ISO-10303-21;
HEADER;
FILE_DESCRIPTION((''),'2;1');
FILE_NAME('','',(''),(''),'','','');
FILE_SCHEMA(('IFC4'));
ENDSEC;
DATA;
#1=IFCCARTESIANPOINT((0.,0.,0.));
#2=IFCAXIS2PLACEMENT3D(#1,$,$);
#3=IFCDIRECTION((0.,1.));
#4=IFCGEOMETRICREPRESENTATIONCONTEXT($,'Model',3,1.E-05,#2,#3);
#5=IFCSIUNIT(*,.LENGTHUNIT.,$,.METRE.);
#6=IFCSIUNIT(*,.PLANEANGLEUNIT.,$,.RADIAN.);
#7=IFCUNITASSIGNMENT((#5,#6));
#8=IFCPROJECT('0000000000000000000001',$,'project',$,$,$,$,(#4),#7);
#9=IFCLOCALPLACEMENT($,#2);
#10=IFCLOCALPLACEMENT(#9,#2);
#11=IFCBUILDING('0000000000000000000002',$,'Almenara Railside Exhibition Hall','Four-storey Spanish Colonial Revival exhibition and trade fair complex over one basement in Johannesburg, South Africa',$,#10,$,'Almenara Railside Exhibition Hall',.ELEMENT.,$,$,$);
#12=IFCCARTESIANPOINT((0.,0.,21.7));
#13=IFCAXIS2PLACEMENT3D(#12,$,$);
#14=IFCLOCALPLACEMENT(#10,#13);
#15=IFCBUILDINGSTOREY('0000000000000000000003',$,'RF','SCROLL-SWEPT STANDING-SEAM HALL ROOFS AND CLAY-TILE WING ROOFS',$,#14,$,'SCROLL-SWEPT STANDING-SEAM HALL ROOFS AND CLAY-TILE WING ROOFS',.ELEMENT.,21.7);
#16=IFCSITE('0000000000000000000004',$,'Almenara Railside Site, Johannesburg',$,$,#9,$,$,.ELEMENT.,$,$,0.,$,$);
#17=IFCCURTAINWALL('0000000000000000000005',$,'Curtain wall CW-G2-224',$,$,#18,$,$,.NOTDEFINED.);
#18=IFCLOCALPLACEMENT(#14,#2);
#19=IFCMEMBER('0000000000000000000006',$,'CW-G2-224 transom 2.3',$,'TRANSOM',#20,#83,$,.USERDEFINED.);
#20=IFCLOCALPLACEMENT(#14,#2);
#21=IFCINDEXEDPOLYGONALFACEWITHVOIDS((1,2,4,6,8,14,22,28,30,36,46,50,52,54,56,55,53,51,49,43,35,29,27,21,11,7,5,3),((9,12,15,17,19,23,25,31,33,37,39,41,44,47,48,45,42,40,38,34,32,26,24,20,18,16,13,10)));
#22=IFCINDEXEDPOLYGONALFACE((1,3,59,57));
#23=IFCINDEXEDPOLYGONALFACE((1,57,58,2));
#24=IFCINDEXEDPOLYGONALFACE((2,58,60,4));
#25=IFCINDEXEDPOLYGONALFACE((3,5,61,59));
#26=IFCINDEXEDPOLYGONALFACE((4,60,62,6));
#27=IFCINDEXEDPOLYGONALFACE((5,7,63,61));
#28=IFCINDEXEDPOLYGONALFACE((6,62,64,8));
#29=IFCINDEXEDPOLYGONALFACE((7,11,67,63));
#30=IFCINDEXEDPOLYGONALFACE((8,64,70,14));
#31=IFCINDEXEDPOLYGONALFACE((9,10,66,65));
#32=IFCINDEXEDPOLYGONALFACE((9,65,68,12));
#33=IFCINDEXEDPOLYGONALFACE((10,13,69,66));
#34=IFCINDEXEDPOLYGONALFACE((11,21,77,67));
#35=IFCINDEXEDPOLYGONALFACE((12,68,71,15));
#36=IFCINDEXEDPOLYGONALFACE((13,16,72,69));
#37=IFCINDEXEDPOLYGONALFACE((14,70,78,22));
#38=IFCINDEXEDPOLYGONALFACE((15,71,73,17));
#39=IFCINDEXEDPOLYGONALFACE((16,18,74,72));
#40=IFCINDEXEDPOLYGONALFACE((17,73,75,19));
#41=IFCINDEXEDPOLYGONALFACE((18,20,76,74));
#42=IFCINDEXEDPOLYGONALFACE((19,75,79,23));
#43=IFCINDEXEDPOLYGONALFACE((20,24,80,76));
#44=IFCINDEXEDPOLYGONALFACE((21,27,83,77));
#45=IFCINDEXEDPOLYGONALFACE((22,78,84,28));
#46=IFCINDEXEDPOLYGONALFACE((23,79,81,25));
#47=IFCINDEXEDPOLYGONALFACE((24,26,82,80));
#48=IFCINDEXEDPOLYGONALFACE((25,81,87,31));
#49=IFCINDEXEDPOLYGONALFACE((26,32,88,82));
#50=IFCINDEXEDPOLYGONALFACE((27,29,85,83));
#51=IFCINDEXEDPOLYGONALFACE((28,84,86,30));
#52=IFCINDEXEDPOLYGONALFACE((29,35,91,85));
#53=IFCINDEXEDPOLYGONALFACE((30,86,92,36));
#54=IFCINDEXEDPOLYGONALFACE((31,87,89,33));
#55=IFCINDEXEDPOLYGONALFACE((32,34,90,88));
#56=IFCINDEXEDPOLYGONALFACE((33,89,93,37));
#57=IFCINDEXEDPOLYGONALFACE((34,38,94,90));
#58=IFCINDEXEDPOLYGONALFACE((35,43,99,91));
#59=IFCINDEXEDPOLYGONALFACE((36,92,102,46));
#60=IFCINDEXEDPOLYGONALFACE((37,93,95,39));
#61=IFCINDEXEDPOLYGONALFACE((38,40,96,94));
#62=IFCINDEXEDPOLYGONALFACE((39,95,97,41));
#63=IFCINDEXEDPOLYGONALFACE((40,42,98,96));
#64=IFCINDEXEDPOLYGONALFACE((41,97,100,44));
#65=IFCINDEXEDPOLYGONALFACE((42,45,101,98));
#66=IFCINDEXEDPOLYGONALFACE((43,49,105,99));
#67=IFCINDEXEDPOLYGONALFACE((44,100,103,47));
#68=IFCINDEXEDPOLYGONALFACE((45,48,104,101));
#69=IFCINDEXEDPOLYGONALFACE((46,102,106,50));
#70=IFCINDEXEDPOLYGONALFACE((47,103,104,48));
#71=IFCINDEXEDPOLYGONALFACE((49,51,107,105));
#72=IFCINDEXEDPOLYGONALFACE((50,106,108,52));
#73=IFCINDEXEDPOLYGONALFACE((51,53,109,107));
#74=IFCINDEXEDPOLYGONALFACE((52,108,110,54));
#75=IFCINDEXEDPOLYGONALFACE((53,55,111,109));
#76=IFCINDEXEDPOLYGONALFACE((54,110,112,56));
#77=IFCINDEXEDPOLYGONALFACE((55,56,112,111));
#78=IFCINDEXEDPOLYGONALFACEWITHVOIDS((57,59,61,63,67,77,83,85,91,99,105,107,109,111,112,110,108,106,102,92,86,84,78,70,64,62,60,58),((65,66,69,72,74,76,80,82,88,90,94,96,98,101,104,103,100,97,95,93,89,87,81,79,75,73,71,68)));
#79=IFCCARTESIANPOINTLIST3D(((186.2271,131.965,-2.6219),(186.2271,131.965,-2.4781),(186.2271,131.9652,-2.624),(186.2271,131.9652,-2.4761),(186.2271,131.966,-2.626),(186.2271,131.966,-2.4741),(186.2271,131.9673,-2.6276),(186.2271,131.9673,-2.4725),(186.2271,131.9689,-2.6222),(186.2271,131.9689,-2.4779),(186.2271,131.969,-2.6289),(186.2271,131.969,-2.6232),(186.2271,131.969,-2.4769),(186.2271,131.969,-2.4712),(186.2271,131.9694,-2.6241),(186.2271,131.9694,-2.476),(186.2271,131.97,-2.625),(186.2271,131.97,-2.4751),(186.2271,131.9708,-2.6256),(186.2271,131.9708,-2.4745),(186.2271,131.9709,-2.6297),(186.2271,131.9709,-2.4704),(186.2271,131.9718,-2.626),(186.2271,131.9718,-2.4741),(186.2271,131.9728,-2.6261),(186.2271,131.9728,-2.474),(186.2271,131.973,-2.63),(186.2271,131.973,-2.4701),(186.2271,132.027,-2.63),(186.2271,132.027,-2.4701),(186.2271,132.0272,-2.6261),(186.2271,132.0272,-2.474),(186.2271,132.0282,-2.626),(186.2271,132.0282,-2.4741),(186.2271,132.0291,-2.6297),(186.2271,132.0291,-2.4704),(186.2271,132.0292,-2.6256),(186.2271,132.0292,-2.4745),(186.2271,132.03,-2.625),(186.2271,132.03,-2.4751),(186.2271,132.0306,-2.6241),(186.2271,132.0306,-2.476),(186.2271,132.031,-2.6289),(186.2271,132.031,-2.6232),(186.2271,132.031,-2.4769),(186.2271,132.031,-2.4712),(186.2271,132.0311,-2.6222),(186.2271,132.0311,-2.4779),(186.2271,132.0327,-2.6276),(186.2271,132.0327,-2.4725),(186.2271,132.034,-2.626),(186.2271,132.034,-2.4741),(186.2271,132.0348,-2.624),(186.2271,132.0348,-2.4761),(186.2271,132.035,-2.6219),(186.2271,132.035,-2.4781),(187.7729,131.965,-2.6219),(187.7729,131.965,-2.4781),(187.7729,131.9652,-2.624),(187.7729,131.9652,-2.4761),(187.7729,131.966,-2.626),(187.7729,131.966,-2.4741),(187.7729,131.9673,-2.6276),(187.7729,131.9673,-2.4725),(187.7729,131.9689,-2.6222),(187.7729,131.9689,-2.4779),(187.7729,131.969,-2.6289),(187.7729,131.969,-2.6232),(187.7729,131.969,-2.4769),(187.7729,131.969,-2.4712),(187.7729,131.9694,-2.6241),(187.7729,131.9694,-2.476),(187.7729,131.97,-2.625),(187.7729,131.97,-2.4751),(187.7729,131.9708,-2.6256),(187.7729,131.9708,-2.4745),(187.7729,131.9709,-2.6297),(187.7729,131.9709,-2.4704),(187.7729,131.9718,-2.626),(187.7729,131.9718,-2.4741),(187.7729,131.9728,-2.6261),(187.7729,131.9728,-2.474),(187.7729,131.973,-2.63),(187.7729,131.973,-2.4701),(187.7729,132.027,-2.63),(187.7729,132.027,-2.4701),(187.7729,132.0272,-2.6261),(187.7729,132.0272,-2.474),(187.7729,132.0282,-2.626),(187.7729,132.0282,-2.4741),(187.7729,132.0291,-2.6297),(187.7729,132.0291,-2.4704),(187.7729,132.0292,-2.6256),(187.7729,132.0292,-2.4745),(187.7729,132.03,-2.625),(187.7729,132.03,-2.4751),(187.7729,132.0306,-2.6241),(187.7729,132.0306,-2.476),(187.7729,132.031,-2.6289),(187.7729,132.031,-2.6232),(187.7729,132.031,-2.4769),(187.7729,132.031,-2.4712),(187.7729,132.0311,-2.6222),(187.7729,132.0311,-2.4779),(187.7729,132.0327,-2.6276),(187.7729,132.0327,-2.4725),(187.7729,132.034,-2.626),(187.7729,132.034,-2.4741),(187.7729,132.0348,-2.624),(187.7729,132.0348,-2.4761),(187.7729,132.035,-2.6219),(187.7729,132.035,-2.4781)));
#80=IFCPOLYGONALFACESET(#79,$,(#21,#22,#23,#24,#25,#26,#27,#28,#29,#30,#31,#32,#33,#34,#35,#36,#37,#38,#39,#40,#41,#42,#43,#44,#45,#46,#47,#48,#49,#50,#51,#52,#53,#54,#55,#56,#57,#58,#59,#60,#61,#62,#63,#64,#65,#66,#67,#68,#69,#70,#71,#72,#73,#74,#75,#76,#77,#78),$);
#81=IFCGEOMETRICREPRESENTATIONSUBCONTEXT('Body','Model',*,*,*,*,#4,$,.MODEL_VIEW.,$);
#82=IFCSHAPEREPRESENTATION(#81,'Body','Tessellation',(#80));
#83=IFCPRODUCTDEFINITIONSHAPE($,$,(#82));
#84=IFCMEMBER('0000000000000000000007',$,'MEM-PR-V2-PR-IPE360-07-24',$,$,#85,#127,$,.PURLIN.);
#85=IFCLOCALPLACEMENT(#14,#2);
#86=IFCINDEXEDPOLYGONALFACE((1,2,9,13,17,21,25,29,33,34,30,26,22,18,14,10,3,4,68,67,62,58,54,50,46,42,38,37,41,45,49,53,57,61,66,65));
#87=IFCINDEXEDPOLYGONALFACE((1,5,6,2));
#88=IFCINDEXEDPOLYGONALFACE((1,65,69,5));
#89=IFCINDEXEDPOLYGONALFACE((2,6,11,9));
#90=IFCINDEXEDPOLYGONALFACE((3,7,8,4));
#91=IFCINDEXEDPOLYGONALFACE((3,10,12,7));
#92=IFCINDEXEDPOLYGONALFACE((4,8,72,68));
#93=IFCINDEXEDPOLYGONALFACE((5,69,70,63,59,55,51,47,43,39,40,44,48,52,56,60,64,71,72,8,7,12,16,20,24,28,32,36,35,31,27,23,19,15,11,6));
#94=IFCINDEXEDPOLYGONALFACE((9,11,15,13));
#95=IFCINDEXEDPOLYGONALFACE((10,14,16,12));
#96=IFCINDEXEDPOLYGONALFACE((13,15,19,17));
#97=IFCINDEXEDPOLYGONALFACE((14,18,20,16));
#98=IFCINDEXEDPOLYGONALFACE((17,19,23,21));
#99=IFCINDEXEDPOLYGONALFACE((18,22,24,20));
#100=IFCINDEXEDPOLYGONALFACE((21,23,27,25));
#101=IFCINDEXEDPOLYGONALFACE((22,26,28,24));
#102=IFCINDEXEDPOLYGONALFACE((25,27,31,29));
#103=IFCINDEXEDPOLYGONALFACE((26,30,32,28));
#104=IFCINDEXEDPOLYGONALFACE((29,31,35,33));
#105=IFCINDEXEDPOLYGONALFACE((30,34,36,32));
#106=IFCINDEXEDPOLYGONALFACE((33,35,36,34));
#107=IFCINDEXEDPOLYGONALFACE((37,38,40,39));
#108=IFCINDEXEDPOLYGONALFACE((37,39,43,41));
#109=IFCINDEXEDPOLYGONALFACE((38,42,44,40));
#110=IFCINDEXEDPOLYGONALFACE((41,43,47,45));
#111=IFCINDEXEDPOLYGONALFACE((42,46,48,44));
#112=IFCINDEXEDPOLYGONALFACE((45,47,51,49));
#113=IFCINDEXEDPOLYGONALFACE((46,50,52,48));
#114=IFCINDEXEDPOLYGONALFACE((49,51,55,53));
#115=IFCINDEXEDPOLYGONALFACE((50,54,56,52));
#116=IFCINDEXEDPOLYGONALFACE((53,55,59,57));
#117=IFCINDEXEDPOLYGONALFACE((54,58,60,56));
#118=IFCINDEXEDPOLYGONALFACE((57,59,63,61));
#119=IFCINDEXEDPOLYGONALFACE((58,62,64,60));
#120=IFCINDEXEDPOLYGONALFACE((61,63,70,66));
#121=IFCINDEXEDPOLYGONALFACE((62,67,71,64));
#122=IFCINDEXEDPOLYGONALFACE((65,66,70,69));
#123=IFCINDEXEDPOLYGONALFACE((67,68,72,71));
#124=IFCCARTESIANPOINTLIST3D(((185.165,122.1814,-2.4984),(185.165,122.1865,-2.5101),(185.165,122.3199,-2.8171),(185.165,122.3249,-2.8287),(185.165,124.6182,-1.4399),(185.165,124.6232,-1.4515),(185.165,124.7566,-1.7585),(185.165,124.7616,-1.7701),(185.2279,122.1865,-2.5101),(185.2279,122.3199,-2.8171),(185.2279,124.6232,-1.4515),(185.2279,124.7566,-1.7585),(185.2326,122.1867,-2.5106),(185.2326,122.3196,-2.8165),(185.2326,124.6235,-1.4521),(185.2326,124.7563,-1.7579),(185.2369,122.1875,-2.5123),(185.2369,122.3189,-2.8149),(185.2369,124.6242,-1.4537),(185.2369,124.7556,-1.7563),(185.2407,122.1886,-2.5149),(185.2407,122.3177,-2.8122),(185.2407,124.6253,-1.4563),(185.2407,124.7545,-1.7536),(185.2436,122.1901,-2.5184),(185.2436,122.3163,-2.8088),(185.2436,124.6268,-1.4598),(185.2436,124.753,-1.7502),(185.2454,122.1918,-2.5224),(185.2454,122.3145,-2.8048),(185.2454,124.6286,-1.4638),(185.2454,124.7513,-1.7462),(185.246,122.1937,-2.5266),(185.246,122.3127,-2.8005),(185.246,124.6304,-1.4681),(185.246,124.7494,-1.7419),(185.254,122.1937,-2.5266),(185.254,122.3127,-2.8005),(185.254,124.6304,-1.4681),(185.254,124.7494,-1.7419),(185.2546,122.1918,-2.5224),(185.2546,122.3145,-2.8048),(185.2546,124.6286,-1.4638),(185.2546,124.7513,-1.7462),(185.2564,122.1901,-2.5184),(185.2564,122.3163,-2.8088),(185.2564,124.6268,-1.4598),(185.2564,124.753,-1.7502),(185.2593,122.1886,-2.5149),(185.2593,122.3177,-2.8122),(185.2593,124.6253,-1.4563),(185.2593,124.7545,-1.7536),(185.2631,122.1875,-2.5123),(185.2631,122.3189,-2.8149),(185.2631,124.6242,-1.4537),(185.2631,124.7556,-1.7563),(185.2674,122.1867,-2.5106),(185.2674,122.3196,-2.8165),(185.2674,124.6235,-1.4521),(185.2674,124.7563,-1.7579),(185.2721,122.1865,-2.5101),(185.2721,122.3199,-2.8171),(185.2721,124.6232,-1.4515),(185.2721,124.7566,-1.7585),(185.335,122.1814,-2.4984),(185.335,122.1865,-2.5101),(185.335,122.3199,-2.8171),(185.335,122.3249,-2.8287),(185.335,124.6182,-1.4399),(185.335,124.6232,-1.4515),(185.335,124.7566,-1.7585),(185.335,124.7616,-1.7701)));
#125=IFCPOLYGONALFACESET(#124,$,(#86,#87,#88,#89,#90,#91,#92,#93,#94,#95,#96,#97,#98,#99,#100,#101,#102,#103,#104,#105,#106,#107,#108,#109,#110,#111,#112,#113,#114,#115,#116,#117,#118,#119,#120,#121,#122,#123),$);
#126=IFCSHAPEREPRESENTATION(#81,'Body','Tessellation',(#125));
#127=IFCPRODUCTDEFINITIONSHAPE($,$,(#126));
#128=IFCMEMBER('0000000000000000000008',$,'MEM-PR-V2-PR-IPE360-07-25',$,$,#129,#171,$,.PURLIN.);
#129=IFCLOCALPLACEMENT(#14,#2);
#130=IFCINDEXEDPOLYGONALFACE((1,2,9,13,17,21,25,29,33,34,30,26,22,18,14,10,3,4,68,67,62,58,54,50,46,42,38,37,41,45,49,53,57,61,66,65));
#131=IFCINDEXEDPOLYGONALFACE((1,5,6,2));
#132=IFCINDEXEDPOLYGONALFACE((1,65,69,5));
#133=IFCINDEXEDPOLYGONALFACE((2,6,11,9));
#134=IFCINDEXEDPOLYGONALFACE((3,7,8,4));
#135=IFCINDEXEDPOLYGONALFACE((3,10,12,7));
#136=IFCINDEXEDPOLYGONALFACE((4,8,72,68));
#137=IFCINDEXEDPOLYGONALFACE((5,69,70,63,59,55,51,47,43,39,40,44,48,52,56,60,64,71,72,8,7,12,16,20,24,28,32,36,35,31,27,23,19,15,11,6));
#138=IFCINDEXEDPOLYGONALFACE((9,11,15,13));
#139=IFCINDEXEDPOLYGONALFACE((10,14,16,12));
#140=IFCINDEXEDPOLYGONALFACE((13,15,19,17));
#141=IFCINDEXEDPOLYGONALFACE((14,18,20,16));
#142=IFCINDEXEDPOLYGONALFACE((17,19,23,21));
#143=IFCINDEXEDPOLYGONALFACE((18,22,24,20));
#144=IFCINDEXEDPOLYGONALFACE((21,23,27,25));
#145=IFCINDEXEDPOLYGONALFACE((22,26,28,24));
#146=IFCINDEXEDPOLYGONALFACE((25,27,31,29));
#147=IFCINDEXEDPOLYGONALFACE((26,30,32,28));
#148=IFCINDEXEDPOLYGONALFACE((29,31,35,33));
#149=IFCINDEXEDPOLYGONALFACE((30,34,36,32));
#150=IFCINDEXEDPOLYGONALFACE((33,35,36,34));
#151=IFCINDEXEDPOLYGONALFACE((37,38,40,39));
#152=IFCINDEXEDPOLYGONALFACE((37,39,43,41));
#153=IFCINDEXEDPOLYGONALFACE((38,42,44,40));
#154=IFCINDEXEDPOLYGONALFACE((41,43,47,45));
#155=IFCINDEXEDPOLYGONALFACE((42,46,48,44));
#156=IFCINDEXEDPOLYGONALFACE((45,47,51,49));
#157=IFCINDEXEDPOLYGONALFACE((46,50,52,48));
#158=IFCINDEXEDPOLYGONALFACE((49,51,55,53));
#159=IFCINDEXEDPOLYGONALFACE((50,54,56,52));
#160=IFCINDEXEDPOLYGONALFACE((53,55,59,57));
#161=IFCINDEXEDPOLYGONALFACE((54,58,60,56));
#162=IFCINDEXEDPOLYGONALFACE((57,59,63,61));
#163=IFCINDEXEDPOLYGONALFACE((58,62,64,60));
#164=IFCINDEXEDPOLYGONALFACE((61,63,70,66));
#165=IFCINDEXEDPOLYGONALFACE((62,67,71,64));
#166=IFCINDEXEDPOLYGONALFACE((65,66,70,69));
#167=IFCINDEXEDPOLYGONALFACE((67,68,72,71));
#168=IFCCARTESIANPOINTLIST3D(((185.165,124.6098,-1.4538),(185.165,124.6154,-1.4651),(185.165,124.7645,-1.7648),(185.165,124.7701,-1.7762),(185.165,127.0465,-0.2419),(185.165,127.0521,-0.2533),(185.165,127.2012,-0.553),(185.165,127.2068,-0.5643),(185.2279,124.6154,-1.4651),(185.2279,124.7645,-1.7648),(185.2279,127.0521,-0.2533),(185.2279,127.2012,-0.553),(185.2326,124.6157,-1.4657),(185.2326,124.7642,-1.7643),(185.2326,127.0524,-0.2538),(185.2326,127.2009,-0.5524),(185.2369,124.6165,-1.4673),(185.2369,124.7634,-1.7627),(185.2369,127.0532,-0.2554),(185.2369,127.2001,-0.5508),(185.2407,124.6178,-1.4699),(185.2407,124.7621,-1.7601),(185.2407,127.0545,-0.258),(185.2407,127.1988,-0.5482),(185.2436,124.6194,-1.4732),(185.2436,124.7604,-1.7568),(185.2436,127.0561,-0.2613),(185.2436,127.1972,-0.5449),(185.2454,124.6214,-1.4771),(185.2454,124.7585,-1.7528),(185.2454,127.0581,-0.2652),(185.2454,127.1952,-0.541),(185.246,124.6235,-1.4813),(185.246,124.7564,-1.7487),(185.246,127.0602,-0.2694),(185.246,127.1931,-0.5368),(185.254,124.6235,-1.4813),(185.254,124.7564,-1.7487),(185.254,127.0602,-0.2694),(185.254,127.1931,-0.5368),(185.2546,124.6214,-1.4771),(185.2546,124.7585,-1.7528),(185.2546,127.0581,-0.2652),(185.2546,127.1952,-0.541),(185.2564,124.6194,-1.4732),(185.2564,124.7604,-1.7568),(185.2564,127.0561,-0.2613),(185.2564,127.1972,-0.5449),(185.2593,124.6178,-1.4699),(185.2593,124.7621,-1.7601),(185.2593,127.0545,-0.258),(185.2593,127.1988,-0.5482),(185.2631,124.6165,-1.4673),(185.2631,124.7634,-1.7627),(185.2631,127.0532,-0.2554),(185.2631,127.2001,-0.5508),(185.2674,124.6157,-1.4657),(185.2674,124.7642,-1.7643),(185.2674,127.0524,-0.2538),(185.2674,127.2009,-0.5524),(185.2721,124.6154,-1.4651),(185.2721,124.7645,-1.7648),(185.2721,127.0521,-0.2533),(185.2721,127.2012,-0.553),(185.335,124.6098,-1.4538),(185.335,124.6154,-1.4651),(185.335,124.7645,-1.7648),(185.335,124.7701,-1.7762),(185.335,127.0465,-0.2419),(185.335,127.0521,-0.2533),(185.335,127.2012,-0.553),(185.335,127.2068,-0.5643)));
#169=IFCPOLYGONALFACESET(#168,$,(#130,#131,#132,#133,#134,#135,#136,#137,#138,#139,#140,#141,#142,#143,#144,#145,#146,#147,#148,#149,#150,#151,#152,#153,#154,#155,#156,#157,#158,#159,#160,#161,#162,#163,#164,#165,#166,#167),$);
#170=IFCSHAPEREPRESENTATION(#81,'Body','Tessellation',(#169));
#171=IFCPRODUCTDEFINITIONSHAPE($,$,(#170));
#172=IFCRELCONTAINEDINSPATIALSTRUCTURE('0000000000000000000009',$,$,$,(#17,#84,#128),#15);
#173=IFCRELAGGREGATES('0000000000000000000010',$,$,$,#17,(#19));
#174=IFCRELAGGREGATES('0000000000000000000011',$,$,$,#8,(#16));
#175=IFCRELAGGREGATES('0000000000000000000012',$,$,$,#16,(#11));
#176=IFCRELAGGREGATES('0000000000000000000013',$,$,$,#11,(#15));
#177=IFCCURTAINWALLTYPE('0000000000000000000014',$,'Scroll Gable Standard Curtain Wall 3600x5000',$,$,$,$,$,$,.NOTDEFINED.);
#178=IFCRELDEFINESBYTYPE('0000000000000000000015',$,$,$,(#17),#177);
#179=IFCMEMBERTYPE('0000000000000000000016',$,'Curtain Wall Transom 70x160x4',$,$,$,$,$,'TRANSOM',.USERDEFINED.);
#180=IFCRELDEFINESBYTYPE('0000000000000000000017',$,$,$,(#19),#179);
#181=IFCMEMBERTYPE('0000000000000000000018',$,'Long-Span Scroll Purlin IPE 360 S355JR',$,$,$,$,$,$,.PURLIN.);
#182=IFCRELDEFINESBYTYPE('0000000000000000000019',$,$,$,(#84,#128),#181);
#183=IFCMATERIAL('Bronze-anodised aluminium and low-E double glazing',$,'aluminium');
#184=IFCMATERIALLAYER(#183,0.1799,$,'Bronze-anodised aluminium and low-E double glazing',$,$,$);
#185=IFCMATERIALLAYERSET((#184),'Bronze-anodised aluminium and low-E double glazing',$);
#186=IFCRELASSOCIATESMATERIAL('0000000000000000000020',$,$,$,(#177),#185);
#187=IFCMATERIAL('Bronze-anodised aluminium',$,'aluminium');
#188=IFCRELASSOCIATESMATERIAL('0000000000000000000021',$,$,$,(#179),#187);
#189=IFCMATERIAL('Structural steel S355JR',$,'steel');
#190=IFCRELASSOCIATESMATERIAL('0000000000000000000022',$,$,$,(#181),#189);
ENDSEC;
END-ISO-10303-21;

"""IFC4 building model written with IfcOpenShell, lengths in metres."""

from ifc_helpers import new_model, si_unit, direction, frame, origin, origin_2d, place, context, subcontext, project, spatial, hollow_rectangle, i_section, extrude, material, layer, layer_set, material_profile, profile_set, type_object, element, aggregate, save


model = new_model("IFC4")

# Units and contexts
model_context = context("Model", 3, precision=1e-05, world=origin(), true_north=direction((0.0, 1.0)))
body_context = subcontext(model_context, "Body", "Model", "MODEL_VIEW")
ifc_project = project(units=[si_unit("LENGTHUNIT", "METRE"), si_unit("PLANEANGLEUNIT", "RADIAN")], contexts=[model_context])

# Site, building, storey
site_placement = place(None, origin())
site = spatial("IfcSite", under=ifc_project, at=site_placement, Name="Almenara Railside Site, Johannesburg", CompositionType="ELEMENT", RefElevation=0.0)
building_placement = place(site_placement, origin())
building = spatial("IfcBuilding", under=site, at=building_placement, Name="Almenara Railside Exhibition Hall", Description="Four-storey Spanish Colonial Revival exhibition and trade fair complex over one basement in Johannesburg, South Africa", LongName="Almenara Railside Exhibition Hall", CompositionType="ELEMENT")
storey_placement = place(building_placement, frame((0.0, 0.0, 21.7)))
storey = spatial("IfcBuildingStorey", under=building, at=storey_placement, Name="RF", Description="SCROLL-SWEPT STANDING-SEAM HALL ROOFS AND CLAY-TILE WING ROOFS", LongName="SCROLL-SWEPT STANDING-SEAM HALL ROOFS AND CLAY-TILE WING ROOFS", CompositionType="ELEMENT", Elevation=21.7)

# Shared definitions
ifc_material_1 = material(Name="Structural steel S355JR", Category="steel")

# Curtain wall
ifc_material_2 = material(Name="Bronze-anodised aluminium and low-E double glazing", Category="aluminium")
ifc_material_3 = material(Name="Bronze-anodised aluminium", Category="aluminium")
ifc_layer_1 = layer(ifc_material_2, 0.1799, Name="Bronze-anodised aluminium and low-E double glazing")
ifc_layer_set_1 = layer_set([ifc_layer_1], Name="Bronze-anodised aluminium and low-E double glazing")
curtain_wall_type_1 = type_object("IfcCurtainWallType", Name="Scroll Gable Standard Curtain Wall 3600x5000", PredefinedType="NOTDEFINED", material=ifc_layer_set_1)
curtain_wall_1_placement = place(storey_placement, origin())
curtain_wall_1 = element("IfcCurtainWall", 1, at=curtain_wall_1_placement, inside=storey, type_object=curtain_wall_type_1, Name="Curtain wall CW-G2-224", PredefinedType="NOTDEFINED")

# Member
ifc_material_profile_1 = material_profile(ifc_material_3, hollow_rectangle(XDim=0.0701, YDim=0.1599, WallThickness=0.0039, InnerFilletRadius=0.0039, OuterFilletRadius=0.0081, at=origin_2d()), Name="ALU-TRN 70x160x4")
ifc_profile_set_1 = profile_set([ifc_material_profile_1], Name="Bronze-anodised aluminium")
member_type_1 = type_object("IfcMemberType", Name="Curtain Wall Transom 70x160x4", ElementType="TRANSOM", PredefinedType="USERDEFINED", material=ifc_profile_set_1)
member_1_placement = place(storey_placement, frame((186.2271, 132.0, -2.55), z_axis=(1.0, 0.0, 0.0), x_axis=(0.0, 1.0, 0.0)))
member_1 = element("IfcMember", 2, at=member_1_placement, type_object=member_type_1, Name="CW-G2-224 transom 2.3", ObjectType="TRANSOM", PredefinedType="USERDEFINED", context=body_context, shape_type="SweptSolid", body=[
    extrude(hollow_rectangle(XDim=0.0701, YDim=0.1599, WallThickness=0.0039, InnerFilletRadius=0.0039, OuterFilletRadius=0.0081, at=origin_2d()), origin(), (0.0, 0.0, 1.0), 1.5459),
])

# Members
ifc_material_profile_2 = material_profile(ifc_material_1, i_section(OverallWidth=0.1699, OverallDepth=0.3601, WebThickness=0.0081, FlangeThickness=0.0127, FilletRadius=0.0181, at=origin_2d()), Name="IPE 360")
ifc_profile_set_2 = profile_set([ifc_material_profile_2], Name="Structural steel S355JR")
member_type_2 = type_object("IfcMemberType", Name="Long-Span Scroll Purlin IPE 360 S355JR", PredefinedType="PURLIN", material=ifc_profile_set_2)
member_2_placement = place(storey_placement, frame((185.25, 122.2532, -2.6636), z_axis=(0.0, 0.91719, 0.398451), x_axis=(-1.0, 0.0, 0.0)))
element("IfcMember", 3, at=member_2_placement, inside=storey, type_object=member_type_2, Name="MEM-PR-V2-PR-IPE360-07-24", PredefinedType="PURLIN", context=body_context, shape_type="SweptSolid", body=[
    extrude(i_section(OverallWidth=0.1699, OverallDepth=0.3601, WebThickness=0.0081, FlangeThickness=0.0127, FilletRadius=0.0181, at=origin_2d()), origin(), (0.0, 0.0, 1.0), 2.6567),
])
member_3_placement = place(storey_placement, frame((185.25, 124.6899, -1.615), z_axis=(0.0, 0.895376, 0.445311), x_axis=(-1.0, 0.0, 0.0)))
element("IfcMember", 4, at=member_3_placement, inside=storey, type_object=member_type_2, Name="MEM-PR-V2-PR-IPE360-07-25", PredefinedType="PURLIN", context=body_context, shape_type="SweptSolid", body=[
    extrude(i_section(OverallWidth=0.1699, OverallDepth=0.3601, WebThickness=0.0081, FlangeThickness=0.0127, FilletRadius=0.0181, at=origin_2d()), origin(), (0.0, 0.0, 1.0), 2.7214),
])

aggregate(curtain_wall_1, [member_1])

save(model, "model.ifc")
